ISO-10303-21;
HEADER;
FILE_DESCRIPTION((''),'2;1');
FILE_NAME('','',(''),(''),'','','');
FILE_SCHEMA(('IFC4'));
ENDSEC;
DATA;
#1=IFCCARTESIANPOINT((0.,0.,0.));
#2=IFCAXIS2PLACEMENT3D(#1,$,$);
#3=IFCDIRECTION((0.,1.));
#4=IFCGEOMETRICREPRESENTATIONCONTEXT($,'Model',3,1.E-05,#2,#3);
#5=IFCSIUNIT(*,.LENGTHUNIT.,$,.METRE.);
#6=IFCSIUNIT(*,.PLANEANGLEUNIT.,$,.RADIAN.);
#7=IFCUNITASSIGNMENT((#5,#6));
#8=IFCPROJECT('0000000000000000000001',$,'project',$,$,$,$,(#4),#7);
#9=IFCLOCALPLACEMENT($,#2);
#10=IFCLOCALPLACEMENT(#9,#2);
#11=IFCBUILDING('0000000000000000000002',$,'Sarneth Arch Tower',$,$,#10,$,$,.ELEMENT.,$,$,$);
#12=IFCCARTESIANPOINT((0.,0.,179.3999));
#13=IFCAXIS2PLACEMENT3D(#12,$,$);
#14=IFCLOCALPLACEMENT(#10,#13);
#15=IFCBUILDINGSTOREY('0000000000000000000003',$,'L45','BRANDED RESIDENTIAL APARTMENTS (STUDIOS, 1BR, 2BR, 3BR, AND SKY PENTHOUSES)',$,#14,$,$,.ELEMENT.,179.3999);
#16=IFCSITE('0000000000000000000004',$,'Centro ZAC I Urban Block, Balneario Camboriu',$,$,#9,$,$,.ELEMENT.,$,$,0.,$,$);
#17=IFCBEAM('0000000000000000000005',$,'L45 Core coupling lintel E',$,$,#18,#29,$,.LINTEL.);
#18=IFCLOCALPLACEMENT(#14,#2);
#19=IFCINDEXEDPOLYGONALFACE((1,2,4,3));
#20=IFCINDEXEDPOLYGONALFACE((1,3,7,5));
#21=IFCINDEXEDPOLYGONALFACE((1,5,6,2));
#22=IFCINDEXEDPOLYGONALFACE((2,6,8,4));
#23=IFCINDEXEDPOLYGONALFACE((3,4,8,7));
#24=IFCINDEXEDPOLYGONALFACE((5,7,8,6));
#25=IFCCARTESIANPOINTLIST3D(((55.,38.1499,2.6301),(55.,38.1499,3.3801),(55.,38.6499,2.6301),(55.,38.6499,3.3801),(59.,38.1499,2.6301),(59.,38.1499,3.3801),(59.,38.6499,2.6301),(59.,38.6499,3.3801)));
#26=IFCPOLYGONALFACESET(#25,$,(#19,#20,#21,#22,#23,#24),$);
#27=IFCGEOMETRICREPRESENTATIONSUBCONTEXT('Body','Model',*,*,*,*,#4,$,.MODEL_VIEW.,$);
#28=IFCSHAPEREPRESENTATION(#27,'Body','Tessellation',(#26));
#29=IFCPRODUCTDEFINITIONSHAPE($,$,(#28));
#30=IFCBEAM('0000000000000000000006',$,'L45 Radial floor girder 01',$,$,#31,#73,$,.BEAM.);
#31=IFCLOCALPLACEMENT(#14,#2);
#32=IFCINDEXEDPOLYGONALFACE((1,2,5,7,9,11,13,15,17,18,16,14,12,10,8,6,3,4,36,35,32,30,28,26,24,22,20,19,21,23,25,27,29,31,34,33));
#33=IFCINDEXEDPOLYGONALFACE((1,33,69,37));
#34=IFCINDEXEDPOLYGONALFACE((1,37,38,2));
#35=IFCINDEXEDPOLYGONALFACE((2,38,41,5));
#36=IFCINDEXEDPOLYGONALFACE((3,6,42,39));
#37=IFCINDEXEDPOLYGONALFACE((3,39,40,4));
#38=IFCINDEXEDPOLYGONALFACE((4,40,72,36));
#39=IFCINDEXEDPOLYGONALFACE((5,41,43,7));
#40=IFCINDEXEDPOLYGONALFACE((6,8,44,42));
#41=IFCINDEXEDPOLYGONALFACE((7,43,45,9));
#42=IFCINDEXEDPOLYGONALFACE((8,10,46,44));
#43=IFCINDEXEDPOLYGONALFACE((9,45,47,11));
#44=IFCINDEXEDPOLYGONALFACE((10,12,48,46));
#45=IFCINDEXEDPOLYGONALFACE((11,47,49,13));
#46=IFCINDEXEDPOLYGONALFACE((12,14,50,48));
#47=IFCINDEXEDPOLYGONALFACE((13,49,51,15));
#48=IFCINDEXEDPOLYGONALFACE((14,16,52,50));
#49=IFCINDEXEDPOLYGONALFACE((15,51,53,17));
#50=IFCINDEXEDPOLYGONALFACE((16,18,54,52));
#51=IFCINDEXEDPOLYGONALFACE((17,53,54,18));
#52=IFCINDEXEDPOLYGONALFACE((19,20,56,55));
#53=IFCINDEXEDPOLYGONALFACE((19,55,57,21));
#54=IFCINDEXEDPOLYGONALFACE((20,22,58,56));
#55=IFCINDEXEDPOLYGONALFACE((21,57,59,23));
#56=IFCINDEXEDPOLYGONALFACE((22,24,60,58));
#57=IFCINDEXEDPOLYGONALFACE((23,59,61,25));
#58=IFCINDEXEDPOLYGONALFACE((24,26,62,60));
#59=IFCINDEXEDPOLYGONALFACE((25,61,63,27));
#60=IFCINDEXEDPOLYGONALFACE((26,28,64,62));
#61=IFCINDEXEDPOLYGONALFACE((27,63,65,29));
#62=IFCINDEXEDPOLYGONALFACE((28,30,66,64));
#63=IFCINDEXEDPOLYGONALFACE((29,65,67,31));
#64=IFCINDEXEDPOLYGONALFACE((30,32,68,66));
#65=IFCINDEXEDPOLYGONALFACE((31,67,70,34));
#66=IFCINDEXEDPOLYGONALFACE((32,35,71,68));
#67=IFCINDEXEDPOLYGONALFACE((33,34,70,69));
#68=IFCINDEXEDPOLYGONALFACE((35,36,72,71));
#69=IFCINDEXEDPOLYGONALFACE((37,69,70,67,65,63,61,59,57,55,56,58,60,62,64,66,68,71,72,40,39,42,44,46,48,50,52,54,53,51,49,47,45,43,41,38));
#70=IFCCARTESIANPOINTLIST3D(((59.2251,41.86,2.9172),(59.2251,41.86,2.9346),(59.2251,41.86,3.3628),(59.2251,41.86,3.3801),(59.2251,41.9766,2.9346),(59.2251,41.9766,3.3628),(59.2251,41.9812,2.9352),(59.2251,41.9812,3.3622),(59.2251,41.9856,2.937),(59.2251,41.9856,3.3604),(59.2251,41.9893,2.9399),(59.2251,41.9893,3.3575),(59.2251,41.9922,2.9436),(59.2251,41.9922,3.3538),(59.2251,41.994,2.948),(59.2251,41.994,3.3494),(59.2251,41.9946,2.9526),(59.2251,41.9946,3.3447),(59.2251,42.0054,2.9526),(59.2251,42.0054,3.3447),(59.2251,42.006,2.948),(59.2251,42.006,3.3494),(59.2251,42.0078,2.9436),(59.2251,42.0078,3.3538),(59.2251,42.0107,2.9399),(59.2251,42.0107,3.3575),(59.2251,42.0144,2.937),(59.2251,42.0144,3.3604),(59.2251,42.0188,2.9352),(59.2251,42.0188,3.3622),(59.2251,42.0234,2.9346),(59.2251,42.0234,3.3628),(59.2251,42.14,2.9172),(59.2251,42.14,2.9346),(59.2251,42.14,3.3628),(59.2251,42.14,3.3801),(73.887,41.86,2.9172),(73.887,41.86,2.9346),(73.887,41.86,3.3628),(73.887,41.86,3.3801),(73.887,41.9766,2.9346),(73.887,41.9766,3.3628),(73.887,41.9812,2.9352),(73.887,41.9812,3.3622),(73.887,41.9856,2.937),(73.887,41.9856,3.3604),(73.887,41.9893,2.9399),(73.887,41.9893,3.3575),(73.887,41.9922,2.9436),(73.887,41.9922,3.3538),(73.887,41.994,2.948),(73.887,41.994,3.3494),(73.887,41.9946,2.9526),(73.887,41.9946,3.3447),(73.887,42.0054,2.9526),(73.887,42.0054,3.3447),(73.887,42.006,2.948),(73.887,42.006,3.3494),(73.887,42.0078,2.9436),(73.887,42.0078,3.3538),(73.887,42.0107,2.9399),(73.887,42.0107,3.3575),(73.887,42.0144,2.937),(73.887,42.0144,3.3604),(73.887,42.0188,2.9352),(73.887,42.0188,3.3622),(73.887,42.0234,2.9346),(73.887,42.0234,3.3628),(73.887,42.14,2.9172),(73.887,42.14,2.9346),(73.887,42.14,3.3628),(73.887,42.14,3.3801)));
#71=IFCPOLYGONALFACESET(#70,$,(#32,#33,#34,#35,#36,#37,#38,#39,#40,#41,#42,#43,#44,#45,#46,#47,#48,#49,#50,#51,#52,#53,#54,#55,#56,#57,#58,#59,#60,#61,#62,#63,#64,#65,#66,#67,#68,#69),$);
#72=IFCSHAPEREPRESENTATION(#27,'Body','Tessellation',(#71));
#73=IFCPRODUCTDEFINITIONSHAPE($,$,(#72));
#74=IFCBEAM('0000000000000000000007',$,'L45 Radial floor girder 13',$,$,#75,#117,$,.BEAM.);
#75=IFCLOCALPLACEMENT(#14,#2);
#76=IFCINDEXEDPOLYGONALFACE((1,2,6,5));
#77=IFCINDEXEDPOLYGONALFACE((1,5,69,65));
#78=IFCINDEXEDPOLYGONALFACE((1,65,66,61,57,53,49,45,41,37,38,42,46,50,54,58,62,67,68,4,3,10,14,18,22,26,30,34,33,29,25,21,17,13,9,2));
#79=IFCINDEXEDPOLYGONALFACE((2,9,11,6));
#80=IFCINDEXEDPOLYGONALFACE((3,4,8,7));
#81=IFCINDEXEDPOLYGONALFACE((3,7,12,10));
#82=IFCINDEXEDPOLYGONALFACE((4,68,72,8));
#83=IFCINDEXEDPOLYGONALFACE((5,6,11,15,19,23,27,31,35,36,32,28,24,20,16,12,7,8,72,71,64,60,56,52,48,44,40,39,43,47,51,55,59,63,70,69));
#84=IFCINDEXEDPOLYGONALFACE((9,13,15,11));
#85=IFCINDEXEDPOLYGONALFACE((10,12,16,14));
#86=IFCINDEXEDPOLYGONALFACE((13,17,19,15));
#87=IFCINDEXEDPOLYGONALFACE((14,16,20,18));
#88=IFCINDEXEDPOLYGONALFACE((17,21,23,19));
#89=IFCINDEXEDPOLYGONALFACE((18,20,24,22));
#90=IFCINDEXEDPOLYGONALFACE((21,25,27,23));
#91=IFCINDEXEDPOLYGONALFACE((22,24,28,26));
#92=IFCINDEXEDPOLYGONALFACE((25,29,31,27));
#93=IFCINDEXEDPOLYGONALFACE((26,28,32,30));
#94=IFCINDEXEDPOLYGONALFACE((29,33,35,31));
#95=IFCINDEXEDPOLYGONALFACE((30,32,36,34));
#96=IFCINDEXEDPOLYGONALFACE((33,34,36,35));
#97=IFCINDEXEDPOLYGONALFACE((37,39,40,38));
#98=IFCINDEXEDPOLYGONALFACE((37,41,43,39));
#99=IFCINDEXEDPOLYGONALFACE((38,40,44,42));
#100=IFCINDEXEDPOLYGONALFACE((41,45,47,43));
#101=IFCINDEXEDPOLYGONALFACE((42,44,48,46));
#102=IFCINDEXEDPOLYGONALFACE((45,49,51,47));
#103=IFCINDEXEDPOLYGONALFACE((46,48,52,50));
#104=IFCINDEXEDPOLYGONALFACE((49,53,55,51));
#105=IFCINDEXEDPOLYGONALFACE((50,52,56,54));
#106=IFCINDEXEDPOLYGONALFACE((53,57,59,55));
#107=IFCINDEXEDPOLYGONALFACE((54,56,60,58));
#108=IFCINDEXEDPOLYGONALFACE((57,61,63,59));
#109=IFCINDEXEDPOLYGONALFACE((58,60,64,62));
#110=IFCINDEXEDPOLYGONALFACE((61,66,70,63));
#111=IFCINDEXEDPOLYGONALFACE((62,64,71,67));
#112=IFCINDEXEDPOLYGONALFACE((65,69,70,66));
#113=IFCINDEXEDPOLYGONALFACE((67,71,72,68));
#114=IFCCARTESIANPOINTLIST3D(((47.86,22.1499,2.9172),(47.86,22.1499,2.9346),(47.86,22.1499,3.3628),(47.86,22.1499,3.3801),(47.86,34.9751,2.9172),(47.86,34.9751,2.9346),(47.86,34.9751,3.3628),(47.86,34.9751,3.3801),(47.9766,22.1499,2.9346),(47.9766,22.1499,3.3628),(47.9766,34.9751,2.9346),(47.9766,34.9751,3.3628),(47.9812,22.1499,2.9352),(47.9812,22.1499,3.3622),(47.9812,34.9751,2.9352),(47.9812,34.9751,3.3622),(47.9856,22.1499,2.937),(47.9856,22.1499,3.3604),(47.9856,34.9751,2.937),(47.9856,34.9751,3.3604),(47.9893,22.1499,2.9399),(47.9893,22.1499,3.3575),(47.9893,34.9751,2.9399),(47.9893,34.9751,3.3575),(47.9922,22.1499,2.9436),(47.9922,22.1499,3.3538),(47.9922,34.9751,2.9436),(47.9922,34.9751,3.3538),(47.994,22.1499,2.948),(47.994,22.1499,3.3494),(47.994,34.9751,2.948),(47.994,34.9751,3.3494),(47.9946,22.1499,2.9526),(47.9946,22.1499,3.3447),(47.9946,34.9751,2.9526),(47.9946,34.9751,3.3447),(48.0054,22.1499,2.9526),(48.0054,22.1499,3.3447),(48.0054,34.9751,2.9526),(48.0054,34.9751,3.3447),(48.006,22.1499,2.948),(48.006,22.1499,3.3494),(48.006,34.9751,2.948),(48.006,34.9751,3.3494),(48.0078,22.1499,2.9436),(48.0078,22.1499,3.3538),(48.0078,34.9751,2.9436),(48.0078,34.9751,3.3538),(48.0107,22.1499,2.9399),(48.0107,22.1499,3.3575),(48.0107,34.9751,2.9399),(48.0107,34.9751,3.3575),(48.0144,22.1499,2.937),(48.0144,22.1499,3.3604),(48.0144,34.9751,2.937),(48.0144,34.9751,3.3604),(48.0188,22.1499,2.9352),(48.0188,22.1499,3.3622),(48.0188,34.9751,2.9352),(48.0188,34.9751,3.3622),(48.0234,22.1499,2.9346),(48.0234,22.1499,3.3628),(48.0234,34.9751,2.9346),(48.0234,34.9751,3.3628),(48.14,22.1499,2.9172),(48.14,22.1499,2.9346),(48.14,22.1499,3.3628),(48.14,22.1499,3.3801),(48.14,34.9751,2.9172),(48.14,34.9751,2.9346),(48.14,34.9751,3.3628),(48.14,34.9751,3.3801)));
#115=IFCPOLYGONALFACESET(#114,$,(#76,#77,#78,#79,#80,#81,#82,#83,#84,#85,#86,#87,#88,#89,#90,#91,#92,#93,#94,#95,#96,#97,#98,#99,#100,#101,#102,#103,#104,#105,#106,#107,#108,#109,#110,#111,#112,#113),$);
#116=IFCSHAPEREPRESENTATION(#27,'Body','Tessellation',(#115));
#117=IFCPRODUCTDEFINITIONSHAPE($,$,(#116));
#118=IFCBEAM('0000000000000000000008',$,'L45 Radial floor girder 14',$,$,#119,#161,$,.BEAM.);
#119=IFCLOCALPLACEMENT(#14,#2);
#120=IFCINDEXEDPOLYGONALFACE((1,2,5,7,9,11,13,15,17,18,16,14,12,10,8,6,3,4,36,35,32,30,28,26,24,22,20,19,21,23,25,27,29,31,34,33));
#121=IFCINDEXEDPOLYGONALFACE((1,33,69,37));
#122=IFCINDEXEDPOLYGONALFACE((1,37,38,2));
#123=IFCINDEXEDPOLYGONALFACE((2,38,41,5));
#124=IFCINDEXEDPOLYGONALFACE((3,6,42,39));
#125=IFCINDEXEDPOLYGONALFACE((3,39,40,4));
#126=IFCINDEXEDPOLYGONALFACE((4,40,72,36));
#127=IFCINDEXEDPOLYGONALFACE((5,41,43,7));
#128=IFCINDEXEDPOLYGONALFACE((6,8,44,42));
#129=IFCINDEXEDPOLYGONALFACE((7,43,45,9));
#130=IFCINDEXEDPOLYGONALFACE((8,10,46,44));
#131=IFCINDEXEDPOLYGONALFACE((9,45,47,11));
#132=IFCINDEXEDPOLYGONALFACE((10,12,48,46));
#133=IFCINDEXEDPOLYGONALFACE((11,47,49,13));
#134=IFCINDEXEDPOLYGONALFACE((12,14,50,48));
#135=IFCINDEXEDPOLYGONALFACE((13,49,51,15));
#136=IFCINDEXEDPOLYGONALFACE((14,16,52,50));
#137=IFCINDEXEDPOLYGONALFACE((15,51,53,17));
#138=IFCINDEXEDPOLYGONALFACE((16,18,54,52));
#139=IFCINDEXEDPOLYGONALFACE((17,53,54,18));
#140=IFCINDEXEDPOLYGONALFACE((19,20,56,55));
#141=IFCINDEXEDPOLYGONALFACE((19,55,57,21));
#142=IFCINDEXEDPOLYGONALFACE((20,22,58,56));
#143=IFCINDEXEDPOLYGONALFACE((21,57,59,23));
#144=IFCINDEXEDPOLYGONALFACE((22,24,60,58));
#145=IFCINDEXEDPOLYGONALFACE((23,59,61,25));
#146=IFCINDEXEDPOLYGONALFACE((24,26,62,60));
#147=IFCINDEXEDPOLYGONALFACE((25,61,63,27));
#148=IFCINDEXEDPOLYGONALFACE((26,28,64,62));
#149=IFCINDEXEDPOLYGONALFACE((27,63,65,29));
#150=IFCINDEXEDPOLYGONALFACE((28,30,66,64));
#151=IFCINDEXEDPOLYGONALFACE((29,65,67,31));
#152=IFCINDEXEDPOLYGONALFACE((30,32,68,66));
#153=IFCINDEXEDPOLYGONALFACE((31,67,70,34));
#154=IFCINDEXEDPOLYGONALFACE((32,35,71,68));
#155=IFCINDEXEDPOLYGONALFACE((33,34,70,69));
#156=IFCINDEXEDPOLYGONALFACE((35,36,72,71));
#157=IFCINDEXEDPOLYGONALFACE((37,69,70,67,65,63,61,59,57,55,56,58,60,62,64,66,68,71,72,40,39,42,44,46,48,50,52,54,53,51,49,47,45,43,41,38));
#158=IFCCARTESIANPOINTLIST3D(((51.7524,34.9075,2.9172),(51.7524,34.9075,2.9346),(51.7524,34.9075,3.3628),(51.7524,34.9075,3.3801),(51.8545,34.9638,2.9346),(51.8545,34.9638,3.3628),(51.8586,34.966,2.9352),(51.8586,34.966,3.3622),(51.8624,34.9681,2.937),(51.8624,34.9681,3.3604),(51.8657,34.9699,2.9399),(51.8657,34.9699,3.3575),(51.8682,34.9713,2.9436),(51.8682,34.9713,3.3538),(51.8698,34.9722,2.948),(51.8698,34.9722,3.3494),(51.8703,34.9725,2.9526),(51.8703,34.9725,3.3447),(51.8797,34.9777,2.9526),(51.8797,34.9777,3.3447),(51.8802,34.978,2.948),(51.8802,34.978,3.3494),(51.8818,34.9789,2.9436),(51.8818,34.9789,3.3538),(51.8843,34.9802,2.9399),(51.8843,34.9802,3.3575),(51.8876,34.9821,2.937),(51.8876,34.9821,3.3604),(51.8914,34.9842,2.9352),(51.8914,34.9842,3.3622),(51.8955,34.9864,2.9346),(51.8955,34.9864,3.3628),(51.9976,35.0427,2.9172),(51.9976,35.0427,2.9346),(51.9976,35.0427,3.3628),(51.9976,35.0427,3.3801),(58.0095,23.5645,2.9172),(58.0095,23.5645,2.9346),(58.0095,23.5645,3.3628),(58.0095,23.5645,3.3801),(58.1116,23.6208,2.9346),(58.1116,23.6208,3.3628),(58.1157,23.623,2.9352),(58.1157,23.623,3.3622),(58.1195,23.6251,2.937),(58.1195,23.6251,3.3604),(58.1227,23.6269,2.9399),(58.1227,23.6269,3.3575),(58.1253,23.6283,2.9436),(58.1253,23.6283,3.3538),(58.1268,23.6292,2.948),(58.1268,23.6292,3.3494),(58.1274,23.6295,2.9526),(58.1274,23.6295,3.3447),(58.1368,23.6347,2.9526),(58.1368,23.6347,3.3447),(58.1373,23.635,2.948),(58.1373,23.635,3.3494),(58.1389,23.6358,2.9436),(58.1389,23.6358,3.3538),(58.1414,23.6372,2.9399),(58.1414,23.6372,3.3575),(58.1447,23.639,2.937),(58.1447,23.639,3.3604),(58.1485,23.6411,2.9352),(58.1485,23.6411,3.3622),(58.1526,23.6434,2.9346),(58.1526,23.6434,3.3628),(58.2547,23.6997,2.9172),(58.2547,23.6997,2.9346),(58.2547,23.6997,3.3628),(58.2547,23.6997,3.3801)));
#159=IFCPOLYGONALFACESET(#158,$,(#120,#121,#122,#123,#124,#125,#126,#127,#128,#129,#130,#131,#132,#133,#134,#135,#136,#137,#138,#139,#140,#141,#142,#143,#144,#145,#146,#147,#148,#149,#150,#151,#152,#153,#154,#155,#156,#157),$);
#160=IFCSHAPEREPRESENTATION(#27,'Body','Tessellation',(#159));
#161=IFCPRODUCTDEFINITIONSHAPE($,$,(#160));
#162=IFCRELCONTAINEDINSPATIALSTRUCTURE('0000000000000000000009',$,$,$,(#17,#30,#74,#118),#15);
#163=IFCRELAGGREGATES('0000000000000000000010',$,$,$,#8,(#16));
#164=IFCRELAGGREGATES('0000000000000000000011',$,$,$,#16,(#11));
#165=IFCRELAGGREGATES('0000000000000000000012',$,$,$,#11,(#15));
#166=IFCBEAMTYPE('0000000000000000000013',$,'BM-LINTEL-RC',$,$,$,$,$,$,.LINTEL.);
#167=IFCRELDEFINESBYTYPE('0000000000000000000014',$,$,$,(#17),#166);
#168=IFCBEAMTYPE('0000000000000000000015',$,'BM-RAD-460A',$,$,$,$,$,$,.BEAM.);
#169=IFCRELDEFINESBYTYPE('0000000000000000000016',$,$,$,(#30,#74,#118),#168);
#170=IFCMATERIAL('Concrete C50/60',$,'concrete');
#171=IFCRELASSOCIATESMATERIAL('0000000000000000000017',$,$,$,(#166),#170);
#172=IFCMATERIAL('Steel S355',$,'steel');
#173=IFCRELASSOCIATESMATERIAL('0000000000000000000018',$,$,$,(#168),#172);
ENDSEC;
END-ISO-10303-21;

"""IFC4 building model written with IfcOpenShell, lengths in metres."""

from ifc_helpers import new_model, si_unit, direction, frame, origin, origin_2d, place, context, subcontext, project, spatial, rectangle, i_section, extrude, material, material_profile, profile_set, type_object, element, save


model = new_model("IFC4")

# Units and contexts
model_context = context("Model", 3, precision=1e-05, world=origin(), true_north=direction((0.0, 1.0)))
body_context = subcontext(model_context, "Body", "Model", "MODEL_VIEW")
ifc_project = project(units=[si_unit("LENGTHUNIT", "METRE"), si_unit("PLANEANGLEUNIT", "RADIAN")], contexts=[model_context])

# Site, building, storey
site_placement = place(None, origin())
site = spatial("IfcSite", under=ifc_project, at=site_placement, Name="Centro ZAC I Urban Block, Balneario Camboriu", CompositionType="ELEMENT", RefElevation=0.0)
building_placement = place(site_placement, origin())
building = spatial("IfcBuilding", under=site, at=building_placement, Name="Sarneth Arch Tower", CompositionType="ELEMENT")
storey_placement = place(building_placement, frame((0.0, 0.0, 179.3999)))
storey = spatial("IfcBuildingStorey", under=building, at=storey_placement, Name="L45", Description="BRANDED RESIDENTIAL APARTMENTS (STUDIOS, 1BR, 2BR, 3BR, AND SKY PENTHOUSES)", CompositionType="ELEMENT", Elevation=179.3999)

# Beams
ifc_material_1 = material(Name="Concrete C50/60", Category="concrete")
ifc_material_profile_1 = material_profile(ifc_material_1, rectangle(XDim=0.5, YDim=0.75, at=origin_2d()), Name="RC-500x750")
ifc_profile_set_1 = profile_set([ifc_material_profile_1], Name="Concrete C50/60")
beam_type_1 = type_object("IfcBeamType", Name="BM-LINTEL-RC", PredefinedType="LINTEL", material=ifc_profile_set_1)
beam_1_placement = place(storey_placement, frame((55.0, 38.3999, 3.0051), z_axis=(1.0, 0.0, 0.0), x_axis=(0.0, 1.0, 0.0)))
element("IfcBeam", 1, at=beam_1_placement, inside=storey, type_object=beam_type_1, Name="L45 Core coupling lintel E", PredefinedType="LINTEL", context=body_context, shape_type="SweptSolid", body=[
    extrude(rectangle(XDim=0.5, YDim=0.75, at=origin_2d()), origin(), (0.0, 0.0, 1.0), 4.0),
])
ifc_material_2 = material(Name="Steel S355", Category="steel")
ifc_material_profile_2 = material_profile(ifc_material_2, i_section(OverallWidth=0.28, OverallDepth=0.4629, WebThickness=0.0107, FlangeThickness=0.0173, FilletRadius=0.0181, at=origin_2d()), Name="W460x113")
ifc_profile_set_2 = profile_set([ifc_material_profile_2], Name="Steel S355")
beam_type_2 = type_object("IfcBeamType", Name="BM-RAD-460A", PredefinedType="BEAM", material=ifc_profile_set_2)
beam_2_placement = place(storey_placement, frame((59.2251, 42.0, 3.1487), z_axis=(1.0, 0.0, 0.0), x_axis=(0.0, 1.0, 0.0)))
element("IfcBeam", 2, at=beam_2_placement, inside=storey, type_object=beam_type_2, Name="L45 Radial floor girder 01", PredefinedType="BEAM", context=body_context, shape_type="SweptSolid", body=[
    extrude(i_section(OverallWidth=0.28, OverallDepth=0.4629, WebThickness=0.0107, FlangeThickness=0.0173, FilletRadius=0.0181, at=origin_2d()), origin(), (0.0, 0.0, 1.0), 14.6619),
])
beam_3_placement = place(storey_placement, frame((48.0, 34.9751, 3.1487), z_axis=(0.0, -1.0, 0.0), x_axis=(1.0, 0.0, 0.0)))
element("IfcBeam", 3, at=beam_3_placement, inside=storey, type_object=beam_type_2, Name="L45 Radial floor girder 13", PredefinedType="BEAM", context=body_context, shape_type="SweptSolid", body=[
    extrude(i_section(OverallWidth=0.28, OverallDepth=0.4629, WebThickness=0.0107, FlangeThickness=0.0173, FilletRadius=0.0181, at=origin_2d()), origin(), (0.0, 0.0, 1.0), 12.8252),
])
beam_4_placement = place(storey_placement, frame((51.875, 34.9751, 3.1487), z_axis=(0.48301, -0.875615, 0.0), x_axis=(0.875615, 0.48301, 0.0)))
element("IfcBeam", 4, at=beam_4_placement, inside=storey, type_object=beam_type_2, Name="L45 Radial floor girder 14", PredefinedType="BEAM", context=body_context, shape_type="SweptSolid", body=[
    extrude(i_section(OverallWidth=0.28, OverallDepth=0.4629, WebThickness=0.0107, FlangeThickness=0.0173, FilletRadius=0.0181, at=origin_2d()), origin(), (0.0, 0.0, 1.0), 12.9543),
])

save(model, "model.ifc")
